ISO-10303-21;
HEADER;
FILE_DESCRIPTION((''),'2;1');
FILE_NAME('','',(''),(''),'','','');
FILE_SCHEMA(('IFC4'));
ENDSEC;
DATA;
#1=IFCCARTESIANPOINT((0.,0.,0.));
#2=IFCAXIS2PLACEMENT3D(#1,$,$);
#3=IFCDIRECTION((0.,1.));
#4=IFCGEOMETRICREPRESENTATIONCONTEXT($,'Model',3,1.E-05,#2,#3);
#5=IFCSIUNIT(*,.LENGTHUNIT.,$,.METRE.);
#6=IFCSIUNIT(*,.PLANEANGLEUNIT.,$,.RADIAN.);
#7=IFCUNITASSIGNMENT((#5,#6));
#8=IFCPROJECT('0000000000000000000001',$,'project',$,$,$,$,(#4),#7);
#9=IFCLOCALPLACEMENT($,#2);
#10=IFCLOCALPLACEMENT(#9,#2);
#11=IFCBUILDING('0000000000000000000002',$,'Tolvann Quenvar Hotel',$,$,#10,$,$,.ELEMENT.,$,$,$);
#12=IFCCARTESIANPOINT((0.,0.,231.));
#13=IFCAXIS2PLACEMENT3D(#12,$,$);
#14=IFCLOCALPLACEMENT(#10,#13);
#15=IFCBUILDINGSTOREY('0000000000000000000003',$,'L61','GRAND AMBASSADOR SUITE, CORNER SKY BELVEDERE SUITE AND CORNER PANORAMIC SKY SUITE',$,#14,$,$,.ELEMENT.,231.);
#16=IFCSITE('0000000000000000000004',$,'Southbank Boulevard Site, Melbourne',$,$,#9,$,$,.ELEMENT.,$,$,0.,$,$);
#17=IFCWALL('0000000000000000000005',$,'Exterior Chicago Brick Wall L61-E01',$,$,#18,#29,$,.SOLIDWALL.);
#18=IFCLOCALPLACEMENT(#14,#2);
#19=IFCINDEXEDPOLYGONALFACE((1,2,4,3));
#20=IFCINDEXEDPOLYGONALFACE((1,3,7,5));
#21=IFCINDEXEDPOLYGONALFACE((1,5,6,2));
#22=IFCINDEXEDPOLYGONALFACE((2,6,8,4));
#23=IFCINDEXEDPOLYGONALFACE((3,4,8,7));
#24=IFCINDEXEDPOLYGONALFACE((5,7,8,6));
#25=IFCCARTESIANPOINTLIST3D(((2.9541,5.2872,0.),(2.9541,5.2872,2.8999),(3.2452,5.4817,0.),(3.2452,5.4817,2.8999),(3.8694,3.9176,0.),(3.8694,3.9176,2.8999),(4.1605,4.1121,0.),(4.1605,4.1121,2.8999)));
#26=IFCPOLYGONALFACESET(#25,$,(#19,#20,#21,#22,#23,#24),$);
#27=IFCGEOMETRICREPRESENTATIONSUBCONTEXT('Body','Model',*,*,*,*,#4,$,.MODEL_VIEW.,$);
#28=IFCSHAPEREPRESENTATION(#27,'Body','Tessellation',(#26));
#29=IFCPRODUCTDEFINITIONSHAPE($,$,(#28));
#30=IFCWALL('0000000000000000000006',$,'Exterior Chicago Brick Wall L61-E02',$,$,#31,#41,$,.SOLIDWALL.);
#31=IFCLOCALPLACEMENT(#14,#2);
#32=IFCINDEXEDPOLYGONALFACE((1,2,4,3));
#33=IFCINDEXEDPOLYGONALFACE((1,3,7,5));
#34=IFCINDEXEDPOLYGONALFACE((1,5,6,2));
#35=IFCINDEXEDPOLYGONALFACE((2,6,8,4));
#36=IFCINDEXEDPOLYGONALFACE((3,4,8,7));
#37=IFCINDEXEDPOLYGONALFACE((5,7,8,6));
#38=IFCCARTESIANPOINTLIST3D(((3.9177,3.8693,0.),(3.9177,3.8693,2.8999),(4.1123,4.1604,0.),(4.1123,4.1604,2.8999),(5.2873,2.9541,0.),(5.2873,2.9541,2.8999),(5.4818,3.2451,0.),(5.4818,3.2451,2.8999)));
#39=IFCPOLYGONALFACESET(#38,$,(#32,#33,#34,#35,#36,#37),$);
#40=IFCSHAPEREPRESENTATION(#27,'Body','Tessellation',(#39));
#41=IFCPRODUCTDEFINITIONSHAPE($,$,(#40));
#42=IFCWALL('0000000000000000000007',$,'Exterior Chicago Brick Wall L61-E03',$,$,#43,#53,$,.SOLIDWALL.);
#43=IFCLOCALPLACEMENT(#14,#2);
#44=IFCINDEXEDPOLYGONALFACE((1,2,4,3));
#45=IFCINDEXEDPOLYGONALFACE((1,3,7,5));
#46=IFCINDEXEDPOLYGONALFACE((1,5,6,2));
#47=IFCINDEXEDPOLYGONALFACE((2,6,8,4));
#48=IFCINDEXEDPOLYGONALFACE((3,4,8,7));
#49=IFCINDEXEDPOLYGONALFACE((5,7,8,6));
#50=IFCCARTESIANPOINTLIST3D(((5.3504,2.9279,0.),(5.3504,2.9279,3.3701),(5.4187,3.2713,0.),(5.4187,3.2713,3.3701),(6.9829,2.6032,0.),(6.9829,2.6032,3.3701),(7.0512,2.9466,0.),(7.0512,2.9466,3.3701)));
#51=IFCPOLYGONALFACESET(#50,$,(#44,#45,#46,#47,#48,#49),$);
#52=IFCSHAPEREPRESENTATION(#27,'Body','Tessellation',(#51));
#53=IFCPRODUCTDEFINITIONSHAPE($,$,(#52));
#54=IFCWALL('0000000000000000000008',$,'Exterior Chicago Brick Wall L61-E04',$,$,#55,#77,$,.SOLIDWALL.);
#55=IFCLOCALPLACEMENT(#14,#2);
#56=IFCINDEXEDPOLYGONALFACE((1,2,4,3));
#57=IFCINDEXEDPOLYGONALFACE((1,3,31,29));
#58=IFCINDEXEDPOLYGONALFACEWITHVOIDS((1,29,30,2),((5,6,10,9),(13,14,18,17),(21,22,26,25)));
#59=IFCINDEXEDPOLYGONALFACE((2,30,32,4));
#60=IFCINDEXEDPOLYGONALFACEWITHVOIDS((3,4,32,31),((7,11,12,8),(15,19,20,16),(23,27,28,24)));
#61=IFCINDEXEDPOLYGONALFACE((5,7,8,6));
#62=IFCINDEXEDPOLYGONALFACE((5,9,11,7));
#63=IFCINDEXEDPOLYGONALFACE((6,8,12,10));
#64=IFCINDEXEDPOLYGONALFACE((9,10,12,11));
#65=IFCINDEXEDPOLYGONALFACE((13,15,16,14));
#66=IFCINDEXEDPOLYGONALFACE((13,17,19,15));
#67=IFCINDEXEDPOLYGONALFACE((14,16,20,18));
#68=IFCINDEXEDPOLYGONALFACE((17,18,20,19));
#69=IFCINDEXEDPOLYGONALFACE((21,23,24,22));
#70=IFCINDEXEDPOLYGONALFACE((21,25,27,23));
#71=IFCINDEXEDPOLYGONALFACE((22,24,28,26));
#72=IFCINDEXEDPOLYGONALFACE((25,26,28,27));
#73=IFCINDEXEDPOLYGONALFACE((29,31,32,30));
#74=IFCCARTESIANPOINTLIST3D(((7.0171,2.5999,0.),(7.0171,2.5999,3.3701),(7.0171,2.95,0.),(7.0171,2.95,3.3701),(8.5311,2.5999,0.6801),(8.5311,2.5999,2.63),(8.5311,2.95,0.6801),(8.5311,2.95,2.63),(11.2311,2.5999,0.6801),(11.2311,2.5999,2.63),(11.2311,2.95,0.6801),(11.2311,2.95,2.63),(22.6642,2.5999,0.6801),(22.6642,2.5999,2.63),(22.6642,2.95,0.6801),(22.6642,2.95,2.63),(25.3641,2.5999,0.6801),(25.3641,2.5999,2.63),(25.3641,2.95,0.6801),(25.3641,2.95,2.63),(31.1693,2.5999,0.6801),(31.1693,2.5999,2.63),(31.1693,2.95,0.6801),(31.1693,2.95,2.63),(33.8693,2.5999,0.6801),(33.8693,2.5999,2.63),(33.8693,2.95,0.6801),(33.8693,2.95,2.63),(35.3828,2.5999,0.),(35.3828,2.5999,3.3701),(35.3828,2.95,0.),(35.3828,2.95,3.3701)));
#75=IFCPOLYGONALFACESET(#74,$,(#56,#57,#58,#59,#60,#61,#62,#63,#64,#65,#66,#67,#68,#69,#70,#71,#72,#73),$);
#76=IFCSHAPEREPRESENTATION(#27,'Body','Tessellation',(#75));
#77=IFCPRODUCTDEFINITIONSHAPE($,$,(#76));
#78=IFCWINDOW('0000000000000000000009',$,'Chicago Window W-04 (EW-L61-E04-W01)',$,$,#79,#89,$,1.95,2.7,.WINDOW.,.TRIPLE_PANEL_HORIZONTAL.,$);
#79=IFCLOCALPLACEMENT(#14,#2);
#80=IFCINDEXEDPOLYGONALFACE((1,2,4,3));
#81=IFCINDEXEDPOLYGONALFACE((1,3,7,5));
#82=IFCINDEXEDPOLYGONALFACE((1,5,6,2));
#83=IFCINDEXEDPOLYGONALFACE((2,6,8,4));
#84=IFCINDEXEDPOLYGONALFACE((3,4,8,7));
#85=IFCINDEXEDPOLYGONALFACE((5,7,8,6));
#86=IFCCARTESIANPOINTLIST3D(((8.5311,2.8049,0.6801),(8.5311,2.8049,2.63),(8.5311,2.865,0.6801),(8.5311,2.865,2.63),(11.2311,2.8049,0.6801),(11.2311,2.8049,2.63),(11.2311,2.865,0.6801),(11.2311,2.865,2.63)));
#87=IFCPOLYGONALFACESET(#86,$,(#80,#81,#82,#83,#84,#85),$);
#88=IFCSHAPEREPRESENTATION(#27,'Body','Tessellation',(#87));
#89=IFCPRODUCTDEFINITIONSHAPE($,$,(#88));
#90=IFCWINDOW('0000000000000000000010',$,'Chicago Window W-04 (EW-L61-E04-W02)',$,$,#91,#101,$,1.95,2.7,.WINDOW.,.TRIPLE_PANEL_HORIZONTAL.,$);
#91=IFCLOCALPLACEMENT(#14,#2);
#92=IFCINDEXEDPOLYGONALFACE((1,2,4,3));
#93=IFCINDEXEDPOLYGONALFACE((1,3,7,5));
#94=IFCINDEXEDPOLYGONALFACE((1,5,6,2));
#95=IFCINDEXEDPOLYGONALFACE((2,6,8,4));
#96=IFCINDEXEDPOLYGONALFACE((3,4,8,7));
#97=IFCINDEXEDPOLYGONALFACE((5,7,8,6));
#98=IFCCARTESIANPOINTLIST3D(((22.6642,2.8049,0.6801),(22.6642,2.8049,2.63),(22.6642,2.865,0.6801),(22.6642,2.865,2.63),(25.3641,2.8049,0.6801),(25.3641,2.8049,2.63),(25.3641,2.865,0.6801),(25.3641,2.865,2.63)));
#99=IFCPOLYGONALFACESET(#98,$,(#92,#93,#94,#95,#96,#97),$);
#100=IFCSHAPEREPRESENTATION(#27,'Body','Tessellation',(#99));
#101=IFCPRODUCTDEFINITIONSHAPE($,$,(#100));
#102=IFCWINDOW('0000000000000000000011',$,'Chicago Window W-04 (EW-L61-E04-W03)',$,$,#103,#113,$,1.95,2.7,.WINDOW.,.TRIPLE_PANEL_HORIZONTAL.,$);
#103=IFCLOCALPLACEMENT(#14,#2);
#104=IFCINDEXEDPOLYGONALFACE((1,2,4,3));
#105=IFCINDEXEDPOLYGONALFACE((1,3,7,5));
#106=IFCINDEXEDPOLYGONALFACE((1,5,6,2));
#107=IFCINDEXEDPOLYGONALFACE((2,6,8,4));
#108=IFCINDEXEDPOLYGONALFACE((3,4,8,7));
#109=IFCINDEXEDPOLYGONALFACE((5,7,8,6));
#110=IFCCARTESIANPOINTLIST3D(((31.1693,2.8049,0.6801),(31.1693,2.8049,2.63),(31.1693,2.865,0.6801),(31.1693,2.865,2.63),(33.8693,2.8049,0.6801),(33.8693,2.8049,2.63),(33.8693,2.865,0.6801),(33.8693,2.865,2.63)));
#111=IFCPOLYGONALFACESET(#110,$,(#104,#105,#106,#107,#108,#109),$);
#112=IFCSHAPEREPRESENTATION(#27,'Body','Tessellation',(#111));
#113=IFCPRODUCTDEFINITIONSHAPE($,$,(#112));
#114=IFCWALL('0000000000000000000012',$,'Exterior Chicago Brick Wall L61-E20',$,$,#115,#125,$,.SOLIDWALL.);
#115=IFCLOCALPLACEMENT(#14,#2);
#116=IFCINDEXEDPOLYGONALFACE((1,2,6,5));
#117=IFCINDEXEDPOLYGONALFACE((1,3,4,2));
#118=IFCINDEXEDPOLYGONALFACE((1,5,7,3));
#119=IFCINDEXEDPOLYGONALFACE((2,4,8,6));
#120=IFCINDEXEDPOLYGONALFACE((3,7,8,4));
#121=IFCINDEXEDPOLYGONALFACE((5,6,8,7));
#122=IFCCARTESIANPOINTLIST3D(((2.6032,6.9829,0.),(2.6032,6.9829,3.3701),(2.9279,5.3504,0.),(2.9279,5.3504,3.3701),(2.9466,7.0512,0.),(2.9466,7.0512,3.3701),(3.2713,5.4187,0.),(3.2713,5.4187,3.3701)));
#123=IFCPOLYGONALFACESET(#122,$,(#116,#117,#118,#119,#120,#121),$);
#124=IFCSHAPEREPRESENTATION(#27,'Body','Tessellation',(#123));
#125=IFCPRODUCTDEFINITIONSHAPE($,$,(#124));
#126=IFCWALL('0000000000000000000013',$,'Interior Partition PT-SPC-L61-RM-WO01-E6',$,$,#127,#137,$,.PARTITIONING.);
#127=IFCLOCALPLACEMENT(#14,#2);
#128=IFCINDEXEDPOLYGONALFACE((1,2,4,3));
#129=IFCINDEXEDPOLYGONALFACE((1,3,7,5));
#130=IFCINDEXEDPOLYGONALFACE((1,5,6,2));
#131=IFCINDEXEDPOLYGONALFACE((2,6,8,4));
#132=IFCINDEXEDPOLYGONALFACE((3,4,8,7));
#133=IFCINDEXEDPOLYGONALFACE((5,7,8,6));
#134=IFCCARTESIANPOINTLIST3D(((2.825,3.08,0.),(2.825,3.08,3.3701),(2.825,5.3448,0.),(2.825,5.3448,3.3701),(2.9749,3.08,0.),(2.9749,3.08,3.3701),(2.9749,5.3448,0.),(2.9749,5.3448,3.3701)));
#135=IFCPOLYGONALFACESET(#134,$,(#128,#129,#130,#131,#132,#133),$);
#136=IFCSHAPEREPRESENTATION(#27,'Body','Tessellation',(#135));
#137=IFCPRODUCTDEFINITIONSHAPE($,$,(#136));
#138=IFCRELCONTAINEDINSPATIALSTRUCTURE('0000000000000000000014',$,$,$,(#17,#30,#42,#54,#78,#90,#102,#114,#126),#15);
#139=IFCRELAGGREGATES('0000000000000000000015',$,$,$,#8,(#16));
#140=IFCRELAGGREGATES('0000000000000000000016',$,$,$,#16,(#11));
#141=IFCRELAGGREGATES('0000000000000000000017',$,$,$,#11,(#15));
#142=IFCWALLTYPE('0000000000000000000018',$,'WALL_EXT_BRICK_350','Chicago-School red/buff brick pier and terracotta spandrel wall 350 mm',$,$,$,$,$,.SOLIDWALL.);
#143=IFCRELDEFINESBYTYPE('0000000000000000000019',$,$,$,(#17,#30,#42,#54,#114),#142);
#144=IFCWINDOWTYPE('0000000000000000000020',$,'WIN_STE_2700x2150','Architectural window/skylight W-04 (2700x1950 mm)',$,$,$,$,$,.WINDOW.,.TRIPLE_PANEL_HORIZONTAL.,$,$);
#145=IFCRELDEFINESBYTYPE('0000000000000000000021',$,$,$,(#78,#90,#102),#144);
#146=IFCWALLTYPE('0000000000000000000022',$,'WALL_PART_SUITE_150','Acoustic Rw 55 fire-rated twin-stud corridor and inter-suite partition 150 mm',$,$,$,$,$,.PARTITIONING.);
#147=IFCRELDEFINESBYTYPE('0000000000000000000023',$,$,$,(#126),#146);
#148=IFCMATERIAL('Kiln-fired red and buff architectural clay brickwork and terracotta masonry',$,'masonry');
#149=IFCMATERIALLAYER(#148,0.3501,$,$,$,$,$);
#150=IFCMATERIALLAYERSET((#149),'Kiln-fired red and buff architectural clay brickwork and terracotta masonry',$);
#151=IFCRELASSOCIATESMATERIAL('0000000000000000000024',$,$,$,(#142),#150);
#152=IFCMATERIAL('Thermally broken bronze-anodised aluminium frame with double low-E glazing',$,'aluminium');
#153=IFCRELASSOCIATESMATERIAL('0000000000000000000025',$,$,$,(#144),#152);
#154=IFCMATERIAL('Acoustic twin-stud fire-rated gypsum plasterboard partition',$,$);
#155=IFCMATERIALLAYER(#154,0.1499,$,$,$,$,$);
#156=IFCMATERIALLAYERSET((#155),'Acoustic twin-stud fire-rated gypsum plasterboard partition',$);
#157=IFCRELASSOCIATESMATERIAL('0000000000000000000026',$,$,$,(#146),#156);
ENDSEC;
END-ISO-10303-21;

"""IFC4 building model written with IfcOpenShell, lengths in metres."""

from ifc_helpers import new_model, si_unit, direction, frame, frame_2d, origin, place, context, subcontext, project, spatial, rectangle, extrude, source, transform, mapped, material, layer, layer_set, type_object, type_shapes, element, fill, save


model = new_model("IFC4")

# Units and contexts
model_context = context("Model", 3, precision=1e-05, world=origin(), true_north=direction((0.0, 1.0)))
body_context = subcontext(model_context, "Body", "Model", "MODEL_VIEW")
ifc_project = project(units=[si_unit("LENGTHUNIT", "METRE"), si_unit("PLANEANGLEUNIT", "RADIAN")], contexts=[model_context])

# Site, building, storey
site_placement = place(None, origin())
site = spatial("IfcSite", under=ifc_project, at=site_placement, Name="Southbank Boulevard Site, Melbourne", CompositionType="ELEMENT", RefElevation=0.0)
building_placement = place(site_placement, origin())
building = spatial("IfcBuilding", under=site, at=building_placement, Name="Tolvann Quenvar Hotel", CompositionType="ELEMENT")
storey_placement = place(building_placement, frame((0.0, 0.0, 231.0)))
storey = spatial("IfcBuildingStorey", under=building, at=storey_placement, Name="L61", Description="GRAND AMBASSADOR SUITE, CORNER SKY BELVEDERE SUITE AND CORNER PANORAMIC SKY SUITE", CompositionType="ELEMENT", Elevation=231.0)

# Walls
ifc_material_1 = material(Name="Kiln-fired red and buff architectural clay brickwork and terracotta masonry", Category="masonry")
ifc_layer_1 = layer(ifc_material_1, 0.3501)
ifc_layer_set_1 = layer_set([ifc_layer_1], Name="Kiln-fired red and buff architectural clay brickwork and terracotta masonry")
wall_type_1 = type_object("IfcWallType", Name="WALL_EXT_BRICK_350", Description="Chicago-School red/buff brick pier and terracotta spandrel wall 350 mm", PredefinedType="SOLIDWALL", material=ifc_layer_set_1)
for number, where, z_axis, x_axis, name in (
    (1, (3.0996, 5.3845, 0.0), (0.0, 0.0, 1.0), (0.555623, -0.831434, 0.0), "Exterior Chicago Brick Wall L61-E01"),
    (2, (4.0149, 4.0149, 0.0), (0.0, 0.0, 1.0), (0.831434, -0.555623, 0.0), "Exterior Chicago Brick Wall L61-E02"),
):
    element("IfcWall", number, at=place(storey_placement, frame(where, z_axis=z_axis, x_axis=x_axis)), inside=storey, type_object=wall_type_1, Name=name, PredefinedType="SOLIDWALL", context=body_context, shape_type="SweptSolid", body=[
        extrude(rectangle(XDim=1.6472, YDim=0.3501, at=frame_2d((0.8237, 0.0))), origin(), (0.0, 0.0, 1.0), 2.8999),
    ])
wall_1_placement = place(storey_placement, frame((5.3845, 3.0996, 0.0), z_axis=(0.0, 0.0, 1.0), x_axis=(0.980789, -0.195072, 0.0)))
element("IfcWall", 3, at=wall_1_placement, inside=storey, type_object=wall_type_1, Name="Exterior Chicago Brick Wall L61-E03", PredefinedType="SOLIDWALL", context=body_context, shape_type="SweptSolid", body=[
    extrude(rectangle(XDim=1.6646, YDim=0.3501, at=frame_2d((0.8323, 0.0))), origin(), (0.0, 0.0, 1.0), 3.3701),
])

# Wall, openings, windows
wall_2_placement = place(storey_placement, frame((7.0171, 2.7749, 0.0), z_axis=(0.0, 0.0, 1.0), x_axis=(1.0, 0.0, 0.0)))
wall_2 = element("IfcWall", 4, at=wall_2_placement, inside=storey, type_object=wall_type_1, Name="Exterior Chicago Brick Wall L61-E04", PredefinedType="SOLIDWALL", context=body_context, shape_type="SweptSolid", body=[
    extrude(rectangle(XDim=28.3657, YDim=0.3501, at=frame_2d((14.1829, 0.0))), origin(), (0.0, 0.0, 1.0), 3.3701),
])
opening_1_placement = place(wall_2_placement, frame((1.5139, 0.0, 0.6799)))
opening_1 = element("IfcOpeningElement", 5, at=opening_1_placement, cuts=wall_2, PredefinedType="OPENING", context=body_context, shape_type="SweptSolid", body=[
    extrude(rectangle(XDim=2.7, YDim=1.95, at=frame_2d((1.3501, 0.9751))), frame((0.0, 0.1851, 0.0), z_axis=(0.0, -1.0, 0.0), x_axis=(1.0, 0.0, 0.0)), (0.0, 0.0, 1.0), 0.3701),
])
opening_2_placement = place(wall_2_placement, frame((15.647, 0.0, 0.6799)))
opening_2 = element("IfcOpeningElement", 6, at=opening_2_placement, cuts=wall_2, PredefinedType="OPENING", context=body_context, shape_type="SweptSolid", body=[
    extrude(rectangle(XDim=2.7, YDim=1.95, at=frame_2d((1.3501, 0.9751))), frame((0.0, 0.1851, 0.0), z_axis=(0.0, -1.0, 0.0), x_axis=(1.0, 0.0, 0.0)), (0.0, 0.0, 1.0), 0.3701),
])
opening_3_placement = place(wall_2_placement, frame((24.1521, 0.0, 0.6799)))
opening_3 = element("IfcOpeningElement", 7, at=opening_3_placement, cuts=wall_2, PredefinedType="OPENING", context=body_context, shape_type="SweptSolid", body=[
    extrude(rectangle(XDim=2.7, YDim=1.95, at=frame_2d((1.3501, 0.9751))), frame((0.0, 0.1851, 0.0), z_axis=(0.0, -1.0, 0.0), x_axis=(1.0, 0.0, 0.0)), (0.0, 0.0, 1.0), 0.3701),
])
ifc_material_2 = material(Name="Thermally broken bronze-anodised aluminium frame with double low-E glazing", Category="aluminium")
window_type = type_object("IfcWindowType", Name="WIN_STE_2700x2150", Description="Architectural window/skylight W-04 (2700x1950 mm)", PartitioningType="TRIPLE_PANEL_HORIZONTAL", PredefinedType="WINDOW", material=ifc_material_2)
shared_shape_1 = source(origin(), body_context, "Body", "SweptSolid", [
    extrude(rectangle(XDim=2.7, YDim=1.95, at=frame_2d((1.3501, 0.9751))), frame((0.0, 0.0901, 0.0), z_axis=(0.0, -1.0, 0.0), x_axis=(1.0, 0.0, 0.0)), (0.0, 0.0, 1.0), 0.0601),
])
type_shapes(window_type, [shared_shape_1])
window_1_placement = place(opening_1_placement, origin())
window_1 = element("IfcWindow", 8, at=window_1_placement, inside=storey, type_object=window_type, Name="Chicago Window W-04 (EW-L61-E04-W01)", OverallHeight=1.95, OverallWidth=2.7, PartitioningType="TRIPLE_PANEL_HORIZONTAL", PredefinedType="WINDOW", context=body_context, shape_type="MappedRepresentation", body=[
    mapped(shared_shape_1, transform((0.0, 0.0, 0.0), x_axis=(1.0, 0.0, 0.0), y_axis=(0.0, 1.0, 0.0), z_axis=(0.0, 0.0, 1.0), scale=1.0)),
])
fill(opening_1, window_1)
window_2_placement = place(opening_2_placement, origin())
window_2 = element("IfcWindow", 9, at=window_2_placement, inside=storey, type_object=window_type, Name="Chicago Window W-04 (EW-L61-E04-W02)", OverallHeight=1.95, OverallWidth=2.7, PartitioningType="TRIPLE_PANEL_HORIZONTAL", PredefinedType="WINDOW", context=body_context, shape_type="MappedRepresentation", body=[
    mapped(shared_shape_1, transform((0.0, 0.0, 0.0), x_axis=(1.0, 0.0, 0.0), y_axis=(0.0, 1.0, 0.0), z_axis=(0.0, 0.0, 1.0), scale=1.0)),
])
fill(opening_2, window_2)
window_3_placement = place(opening_3_placement, origin())
window_3 = element("IfcWindow", 10, at=window_3_placement, inside=storey, type_object=window_type, Name="Chicago Window W-04 (EW-L61-E04-W03)", OverallHeight=1.95, OverallWidth=2.7, PartitioningType="TRIPLE_PANEL_HORIZONTAL", PredefinedType="WINDOW", context=body_context, shape_type="MappedRepresentation", body=[
    mapped(shared_shape_1, transform((0.0, 0.0, 0.0), x_axis=(1.0, 0.0, 0.0), y_axis=(0.0, 1.0, 0.0), z_axis=(0.0, 0.0, 1.0), scale=1.0)),
])
fill(opening_3, window_3)

# Walls
wall_3_placement = place(storey_placement, frame((2.7749, 7.0171, 0.0), z_axis=(0.0, 0.0, 1.0), x_axis=(0.195072, -0.980789, 0.0)))
element("IfcWall", 11, at=wall_3_placement, inside=storey, type_object=wall_type_1, Name="Exterior Chicago Brick Wall L61-E20", PredefinedType="SOLIDWALL", context=body_context, shape_type="SweptSolid", body=[
    extrude(rectangle(XDim=1.6646, YDim=0.3501, at=frame_2d((0.8323, 0.0))), origin(), (0.0, 0.0, 1.0), 3.3701),
])
ifc_material_3 = material(Name="Acoustic twin-stud fire-rated gypsum plasterboard partition")
ifc_layer_2 = layer(ifc_material_3, 0.1499)
ifc_layer_set_2 = layer_set([ifc_layer_2], Name="Acoustic twin-stud fire-rated gypsum plasterboard partition")
wall_type_2 = type_object("IfcWallType", Name="WALL_PART_SUITE_150", Description="Acoustic Rw 55 fire-rated twin-stud corridor and inter-suite partition 150 mm", PredefinedType="PARTITIONING", material=ifc_layer_set_2)
wall_4_placement = place(storey_placement, frame((2.8999, 3.0801, 0.0), z_axis=(0.0, 0.0, 1.0), x_axis=(0.0, 1.0, 0.0)))
element("IfcWall", 12, at=wall_4_placement, inside=storey, type_object=wall_type_2, Name="Interior Partition PT-SPC-L61-RM-WO01-E6", PredefinedType="PARTITIONING", context=body_context, shape_type="SweptSolid", body=[
    extrude(rectangle(XDim=2.2649, YDim=0.1499, at=frame_2d((1.1323, 0.0))), origin(), (0.0, 0.0, 1.0), 3.3701),
])

save(model, "model.ifc")
